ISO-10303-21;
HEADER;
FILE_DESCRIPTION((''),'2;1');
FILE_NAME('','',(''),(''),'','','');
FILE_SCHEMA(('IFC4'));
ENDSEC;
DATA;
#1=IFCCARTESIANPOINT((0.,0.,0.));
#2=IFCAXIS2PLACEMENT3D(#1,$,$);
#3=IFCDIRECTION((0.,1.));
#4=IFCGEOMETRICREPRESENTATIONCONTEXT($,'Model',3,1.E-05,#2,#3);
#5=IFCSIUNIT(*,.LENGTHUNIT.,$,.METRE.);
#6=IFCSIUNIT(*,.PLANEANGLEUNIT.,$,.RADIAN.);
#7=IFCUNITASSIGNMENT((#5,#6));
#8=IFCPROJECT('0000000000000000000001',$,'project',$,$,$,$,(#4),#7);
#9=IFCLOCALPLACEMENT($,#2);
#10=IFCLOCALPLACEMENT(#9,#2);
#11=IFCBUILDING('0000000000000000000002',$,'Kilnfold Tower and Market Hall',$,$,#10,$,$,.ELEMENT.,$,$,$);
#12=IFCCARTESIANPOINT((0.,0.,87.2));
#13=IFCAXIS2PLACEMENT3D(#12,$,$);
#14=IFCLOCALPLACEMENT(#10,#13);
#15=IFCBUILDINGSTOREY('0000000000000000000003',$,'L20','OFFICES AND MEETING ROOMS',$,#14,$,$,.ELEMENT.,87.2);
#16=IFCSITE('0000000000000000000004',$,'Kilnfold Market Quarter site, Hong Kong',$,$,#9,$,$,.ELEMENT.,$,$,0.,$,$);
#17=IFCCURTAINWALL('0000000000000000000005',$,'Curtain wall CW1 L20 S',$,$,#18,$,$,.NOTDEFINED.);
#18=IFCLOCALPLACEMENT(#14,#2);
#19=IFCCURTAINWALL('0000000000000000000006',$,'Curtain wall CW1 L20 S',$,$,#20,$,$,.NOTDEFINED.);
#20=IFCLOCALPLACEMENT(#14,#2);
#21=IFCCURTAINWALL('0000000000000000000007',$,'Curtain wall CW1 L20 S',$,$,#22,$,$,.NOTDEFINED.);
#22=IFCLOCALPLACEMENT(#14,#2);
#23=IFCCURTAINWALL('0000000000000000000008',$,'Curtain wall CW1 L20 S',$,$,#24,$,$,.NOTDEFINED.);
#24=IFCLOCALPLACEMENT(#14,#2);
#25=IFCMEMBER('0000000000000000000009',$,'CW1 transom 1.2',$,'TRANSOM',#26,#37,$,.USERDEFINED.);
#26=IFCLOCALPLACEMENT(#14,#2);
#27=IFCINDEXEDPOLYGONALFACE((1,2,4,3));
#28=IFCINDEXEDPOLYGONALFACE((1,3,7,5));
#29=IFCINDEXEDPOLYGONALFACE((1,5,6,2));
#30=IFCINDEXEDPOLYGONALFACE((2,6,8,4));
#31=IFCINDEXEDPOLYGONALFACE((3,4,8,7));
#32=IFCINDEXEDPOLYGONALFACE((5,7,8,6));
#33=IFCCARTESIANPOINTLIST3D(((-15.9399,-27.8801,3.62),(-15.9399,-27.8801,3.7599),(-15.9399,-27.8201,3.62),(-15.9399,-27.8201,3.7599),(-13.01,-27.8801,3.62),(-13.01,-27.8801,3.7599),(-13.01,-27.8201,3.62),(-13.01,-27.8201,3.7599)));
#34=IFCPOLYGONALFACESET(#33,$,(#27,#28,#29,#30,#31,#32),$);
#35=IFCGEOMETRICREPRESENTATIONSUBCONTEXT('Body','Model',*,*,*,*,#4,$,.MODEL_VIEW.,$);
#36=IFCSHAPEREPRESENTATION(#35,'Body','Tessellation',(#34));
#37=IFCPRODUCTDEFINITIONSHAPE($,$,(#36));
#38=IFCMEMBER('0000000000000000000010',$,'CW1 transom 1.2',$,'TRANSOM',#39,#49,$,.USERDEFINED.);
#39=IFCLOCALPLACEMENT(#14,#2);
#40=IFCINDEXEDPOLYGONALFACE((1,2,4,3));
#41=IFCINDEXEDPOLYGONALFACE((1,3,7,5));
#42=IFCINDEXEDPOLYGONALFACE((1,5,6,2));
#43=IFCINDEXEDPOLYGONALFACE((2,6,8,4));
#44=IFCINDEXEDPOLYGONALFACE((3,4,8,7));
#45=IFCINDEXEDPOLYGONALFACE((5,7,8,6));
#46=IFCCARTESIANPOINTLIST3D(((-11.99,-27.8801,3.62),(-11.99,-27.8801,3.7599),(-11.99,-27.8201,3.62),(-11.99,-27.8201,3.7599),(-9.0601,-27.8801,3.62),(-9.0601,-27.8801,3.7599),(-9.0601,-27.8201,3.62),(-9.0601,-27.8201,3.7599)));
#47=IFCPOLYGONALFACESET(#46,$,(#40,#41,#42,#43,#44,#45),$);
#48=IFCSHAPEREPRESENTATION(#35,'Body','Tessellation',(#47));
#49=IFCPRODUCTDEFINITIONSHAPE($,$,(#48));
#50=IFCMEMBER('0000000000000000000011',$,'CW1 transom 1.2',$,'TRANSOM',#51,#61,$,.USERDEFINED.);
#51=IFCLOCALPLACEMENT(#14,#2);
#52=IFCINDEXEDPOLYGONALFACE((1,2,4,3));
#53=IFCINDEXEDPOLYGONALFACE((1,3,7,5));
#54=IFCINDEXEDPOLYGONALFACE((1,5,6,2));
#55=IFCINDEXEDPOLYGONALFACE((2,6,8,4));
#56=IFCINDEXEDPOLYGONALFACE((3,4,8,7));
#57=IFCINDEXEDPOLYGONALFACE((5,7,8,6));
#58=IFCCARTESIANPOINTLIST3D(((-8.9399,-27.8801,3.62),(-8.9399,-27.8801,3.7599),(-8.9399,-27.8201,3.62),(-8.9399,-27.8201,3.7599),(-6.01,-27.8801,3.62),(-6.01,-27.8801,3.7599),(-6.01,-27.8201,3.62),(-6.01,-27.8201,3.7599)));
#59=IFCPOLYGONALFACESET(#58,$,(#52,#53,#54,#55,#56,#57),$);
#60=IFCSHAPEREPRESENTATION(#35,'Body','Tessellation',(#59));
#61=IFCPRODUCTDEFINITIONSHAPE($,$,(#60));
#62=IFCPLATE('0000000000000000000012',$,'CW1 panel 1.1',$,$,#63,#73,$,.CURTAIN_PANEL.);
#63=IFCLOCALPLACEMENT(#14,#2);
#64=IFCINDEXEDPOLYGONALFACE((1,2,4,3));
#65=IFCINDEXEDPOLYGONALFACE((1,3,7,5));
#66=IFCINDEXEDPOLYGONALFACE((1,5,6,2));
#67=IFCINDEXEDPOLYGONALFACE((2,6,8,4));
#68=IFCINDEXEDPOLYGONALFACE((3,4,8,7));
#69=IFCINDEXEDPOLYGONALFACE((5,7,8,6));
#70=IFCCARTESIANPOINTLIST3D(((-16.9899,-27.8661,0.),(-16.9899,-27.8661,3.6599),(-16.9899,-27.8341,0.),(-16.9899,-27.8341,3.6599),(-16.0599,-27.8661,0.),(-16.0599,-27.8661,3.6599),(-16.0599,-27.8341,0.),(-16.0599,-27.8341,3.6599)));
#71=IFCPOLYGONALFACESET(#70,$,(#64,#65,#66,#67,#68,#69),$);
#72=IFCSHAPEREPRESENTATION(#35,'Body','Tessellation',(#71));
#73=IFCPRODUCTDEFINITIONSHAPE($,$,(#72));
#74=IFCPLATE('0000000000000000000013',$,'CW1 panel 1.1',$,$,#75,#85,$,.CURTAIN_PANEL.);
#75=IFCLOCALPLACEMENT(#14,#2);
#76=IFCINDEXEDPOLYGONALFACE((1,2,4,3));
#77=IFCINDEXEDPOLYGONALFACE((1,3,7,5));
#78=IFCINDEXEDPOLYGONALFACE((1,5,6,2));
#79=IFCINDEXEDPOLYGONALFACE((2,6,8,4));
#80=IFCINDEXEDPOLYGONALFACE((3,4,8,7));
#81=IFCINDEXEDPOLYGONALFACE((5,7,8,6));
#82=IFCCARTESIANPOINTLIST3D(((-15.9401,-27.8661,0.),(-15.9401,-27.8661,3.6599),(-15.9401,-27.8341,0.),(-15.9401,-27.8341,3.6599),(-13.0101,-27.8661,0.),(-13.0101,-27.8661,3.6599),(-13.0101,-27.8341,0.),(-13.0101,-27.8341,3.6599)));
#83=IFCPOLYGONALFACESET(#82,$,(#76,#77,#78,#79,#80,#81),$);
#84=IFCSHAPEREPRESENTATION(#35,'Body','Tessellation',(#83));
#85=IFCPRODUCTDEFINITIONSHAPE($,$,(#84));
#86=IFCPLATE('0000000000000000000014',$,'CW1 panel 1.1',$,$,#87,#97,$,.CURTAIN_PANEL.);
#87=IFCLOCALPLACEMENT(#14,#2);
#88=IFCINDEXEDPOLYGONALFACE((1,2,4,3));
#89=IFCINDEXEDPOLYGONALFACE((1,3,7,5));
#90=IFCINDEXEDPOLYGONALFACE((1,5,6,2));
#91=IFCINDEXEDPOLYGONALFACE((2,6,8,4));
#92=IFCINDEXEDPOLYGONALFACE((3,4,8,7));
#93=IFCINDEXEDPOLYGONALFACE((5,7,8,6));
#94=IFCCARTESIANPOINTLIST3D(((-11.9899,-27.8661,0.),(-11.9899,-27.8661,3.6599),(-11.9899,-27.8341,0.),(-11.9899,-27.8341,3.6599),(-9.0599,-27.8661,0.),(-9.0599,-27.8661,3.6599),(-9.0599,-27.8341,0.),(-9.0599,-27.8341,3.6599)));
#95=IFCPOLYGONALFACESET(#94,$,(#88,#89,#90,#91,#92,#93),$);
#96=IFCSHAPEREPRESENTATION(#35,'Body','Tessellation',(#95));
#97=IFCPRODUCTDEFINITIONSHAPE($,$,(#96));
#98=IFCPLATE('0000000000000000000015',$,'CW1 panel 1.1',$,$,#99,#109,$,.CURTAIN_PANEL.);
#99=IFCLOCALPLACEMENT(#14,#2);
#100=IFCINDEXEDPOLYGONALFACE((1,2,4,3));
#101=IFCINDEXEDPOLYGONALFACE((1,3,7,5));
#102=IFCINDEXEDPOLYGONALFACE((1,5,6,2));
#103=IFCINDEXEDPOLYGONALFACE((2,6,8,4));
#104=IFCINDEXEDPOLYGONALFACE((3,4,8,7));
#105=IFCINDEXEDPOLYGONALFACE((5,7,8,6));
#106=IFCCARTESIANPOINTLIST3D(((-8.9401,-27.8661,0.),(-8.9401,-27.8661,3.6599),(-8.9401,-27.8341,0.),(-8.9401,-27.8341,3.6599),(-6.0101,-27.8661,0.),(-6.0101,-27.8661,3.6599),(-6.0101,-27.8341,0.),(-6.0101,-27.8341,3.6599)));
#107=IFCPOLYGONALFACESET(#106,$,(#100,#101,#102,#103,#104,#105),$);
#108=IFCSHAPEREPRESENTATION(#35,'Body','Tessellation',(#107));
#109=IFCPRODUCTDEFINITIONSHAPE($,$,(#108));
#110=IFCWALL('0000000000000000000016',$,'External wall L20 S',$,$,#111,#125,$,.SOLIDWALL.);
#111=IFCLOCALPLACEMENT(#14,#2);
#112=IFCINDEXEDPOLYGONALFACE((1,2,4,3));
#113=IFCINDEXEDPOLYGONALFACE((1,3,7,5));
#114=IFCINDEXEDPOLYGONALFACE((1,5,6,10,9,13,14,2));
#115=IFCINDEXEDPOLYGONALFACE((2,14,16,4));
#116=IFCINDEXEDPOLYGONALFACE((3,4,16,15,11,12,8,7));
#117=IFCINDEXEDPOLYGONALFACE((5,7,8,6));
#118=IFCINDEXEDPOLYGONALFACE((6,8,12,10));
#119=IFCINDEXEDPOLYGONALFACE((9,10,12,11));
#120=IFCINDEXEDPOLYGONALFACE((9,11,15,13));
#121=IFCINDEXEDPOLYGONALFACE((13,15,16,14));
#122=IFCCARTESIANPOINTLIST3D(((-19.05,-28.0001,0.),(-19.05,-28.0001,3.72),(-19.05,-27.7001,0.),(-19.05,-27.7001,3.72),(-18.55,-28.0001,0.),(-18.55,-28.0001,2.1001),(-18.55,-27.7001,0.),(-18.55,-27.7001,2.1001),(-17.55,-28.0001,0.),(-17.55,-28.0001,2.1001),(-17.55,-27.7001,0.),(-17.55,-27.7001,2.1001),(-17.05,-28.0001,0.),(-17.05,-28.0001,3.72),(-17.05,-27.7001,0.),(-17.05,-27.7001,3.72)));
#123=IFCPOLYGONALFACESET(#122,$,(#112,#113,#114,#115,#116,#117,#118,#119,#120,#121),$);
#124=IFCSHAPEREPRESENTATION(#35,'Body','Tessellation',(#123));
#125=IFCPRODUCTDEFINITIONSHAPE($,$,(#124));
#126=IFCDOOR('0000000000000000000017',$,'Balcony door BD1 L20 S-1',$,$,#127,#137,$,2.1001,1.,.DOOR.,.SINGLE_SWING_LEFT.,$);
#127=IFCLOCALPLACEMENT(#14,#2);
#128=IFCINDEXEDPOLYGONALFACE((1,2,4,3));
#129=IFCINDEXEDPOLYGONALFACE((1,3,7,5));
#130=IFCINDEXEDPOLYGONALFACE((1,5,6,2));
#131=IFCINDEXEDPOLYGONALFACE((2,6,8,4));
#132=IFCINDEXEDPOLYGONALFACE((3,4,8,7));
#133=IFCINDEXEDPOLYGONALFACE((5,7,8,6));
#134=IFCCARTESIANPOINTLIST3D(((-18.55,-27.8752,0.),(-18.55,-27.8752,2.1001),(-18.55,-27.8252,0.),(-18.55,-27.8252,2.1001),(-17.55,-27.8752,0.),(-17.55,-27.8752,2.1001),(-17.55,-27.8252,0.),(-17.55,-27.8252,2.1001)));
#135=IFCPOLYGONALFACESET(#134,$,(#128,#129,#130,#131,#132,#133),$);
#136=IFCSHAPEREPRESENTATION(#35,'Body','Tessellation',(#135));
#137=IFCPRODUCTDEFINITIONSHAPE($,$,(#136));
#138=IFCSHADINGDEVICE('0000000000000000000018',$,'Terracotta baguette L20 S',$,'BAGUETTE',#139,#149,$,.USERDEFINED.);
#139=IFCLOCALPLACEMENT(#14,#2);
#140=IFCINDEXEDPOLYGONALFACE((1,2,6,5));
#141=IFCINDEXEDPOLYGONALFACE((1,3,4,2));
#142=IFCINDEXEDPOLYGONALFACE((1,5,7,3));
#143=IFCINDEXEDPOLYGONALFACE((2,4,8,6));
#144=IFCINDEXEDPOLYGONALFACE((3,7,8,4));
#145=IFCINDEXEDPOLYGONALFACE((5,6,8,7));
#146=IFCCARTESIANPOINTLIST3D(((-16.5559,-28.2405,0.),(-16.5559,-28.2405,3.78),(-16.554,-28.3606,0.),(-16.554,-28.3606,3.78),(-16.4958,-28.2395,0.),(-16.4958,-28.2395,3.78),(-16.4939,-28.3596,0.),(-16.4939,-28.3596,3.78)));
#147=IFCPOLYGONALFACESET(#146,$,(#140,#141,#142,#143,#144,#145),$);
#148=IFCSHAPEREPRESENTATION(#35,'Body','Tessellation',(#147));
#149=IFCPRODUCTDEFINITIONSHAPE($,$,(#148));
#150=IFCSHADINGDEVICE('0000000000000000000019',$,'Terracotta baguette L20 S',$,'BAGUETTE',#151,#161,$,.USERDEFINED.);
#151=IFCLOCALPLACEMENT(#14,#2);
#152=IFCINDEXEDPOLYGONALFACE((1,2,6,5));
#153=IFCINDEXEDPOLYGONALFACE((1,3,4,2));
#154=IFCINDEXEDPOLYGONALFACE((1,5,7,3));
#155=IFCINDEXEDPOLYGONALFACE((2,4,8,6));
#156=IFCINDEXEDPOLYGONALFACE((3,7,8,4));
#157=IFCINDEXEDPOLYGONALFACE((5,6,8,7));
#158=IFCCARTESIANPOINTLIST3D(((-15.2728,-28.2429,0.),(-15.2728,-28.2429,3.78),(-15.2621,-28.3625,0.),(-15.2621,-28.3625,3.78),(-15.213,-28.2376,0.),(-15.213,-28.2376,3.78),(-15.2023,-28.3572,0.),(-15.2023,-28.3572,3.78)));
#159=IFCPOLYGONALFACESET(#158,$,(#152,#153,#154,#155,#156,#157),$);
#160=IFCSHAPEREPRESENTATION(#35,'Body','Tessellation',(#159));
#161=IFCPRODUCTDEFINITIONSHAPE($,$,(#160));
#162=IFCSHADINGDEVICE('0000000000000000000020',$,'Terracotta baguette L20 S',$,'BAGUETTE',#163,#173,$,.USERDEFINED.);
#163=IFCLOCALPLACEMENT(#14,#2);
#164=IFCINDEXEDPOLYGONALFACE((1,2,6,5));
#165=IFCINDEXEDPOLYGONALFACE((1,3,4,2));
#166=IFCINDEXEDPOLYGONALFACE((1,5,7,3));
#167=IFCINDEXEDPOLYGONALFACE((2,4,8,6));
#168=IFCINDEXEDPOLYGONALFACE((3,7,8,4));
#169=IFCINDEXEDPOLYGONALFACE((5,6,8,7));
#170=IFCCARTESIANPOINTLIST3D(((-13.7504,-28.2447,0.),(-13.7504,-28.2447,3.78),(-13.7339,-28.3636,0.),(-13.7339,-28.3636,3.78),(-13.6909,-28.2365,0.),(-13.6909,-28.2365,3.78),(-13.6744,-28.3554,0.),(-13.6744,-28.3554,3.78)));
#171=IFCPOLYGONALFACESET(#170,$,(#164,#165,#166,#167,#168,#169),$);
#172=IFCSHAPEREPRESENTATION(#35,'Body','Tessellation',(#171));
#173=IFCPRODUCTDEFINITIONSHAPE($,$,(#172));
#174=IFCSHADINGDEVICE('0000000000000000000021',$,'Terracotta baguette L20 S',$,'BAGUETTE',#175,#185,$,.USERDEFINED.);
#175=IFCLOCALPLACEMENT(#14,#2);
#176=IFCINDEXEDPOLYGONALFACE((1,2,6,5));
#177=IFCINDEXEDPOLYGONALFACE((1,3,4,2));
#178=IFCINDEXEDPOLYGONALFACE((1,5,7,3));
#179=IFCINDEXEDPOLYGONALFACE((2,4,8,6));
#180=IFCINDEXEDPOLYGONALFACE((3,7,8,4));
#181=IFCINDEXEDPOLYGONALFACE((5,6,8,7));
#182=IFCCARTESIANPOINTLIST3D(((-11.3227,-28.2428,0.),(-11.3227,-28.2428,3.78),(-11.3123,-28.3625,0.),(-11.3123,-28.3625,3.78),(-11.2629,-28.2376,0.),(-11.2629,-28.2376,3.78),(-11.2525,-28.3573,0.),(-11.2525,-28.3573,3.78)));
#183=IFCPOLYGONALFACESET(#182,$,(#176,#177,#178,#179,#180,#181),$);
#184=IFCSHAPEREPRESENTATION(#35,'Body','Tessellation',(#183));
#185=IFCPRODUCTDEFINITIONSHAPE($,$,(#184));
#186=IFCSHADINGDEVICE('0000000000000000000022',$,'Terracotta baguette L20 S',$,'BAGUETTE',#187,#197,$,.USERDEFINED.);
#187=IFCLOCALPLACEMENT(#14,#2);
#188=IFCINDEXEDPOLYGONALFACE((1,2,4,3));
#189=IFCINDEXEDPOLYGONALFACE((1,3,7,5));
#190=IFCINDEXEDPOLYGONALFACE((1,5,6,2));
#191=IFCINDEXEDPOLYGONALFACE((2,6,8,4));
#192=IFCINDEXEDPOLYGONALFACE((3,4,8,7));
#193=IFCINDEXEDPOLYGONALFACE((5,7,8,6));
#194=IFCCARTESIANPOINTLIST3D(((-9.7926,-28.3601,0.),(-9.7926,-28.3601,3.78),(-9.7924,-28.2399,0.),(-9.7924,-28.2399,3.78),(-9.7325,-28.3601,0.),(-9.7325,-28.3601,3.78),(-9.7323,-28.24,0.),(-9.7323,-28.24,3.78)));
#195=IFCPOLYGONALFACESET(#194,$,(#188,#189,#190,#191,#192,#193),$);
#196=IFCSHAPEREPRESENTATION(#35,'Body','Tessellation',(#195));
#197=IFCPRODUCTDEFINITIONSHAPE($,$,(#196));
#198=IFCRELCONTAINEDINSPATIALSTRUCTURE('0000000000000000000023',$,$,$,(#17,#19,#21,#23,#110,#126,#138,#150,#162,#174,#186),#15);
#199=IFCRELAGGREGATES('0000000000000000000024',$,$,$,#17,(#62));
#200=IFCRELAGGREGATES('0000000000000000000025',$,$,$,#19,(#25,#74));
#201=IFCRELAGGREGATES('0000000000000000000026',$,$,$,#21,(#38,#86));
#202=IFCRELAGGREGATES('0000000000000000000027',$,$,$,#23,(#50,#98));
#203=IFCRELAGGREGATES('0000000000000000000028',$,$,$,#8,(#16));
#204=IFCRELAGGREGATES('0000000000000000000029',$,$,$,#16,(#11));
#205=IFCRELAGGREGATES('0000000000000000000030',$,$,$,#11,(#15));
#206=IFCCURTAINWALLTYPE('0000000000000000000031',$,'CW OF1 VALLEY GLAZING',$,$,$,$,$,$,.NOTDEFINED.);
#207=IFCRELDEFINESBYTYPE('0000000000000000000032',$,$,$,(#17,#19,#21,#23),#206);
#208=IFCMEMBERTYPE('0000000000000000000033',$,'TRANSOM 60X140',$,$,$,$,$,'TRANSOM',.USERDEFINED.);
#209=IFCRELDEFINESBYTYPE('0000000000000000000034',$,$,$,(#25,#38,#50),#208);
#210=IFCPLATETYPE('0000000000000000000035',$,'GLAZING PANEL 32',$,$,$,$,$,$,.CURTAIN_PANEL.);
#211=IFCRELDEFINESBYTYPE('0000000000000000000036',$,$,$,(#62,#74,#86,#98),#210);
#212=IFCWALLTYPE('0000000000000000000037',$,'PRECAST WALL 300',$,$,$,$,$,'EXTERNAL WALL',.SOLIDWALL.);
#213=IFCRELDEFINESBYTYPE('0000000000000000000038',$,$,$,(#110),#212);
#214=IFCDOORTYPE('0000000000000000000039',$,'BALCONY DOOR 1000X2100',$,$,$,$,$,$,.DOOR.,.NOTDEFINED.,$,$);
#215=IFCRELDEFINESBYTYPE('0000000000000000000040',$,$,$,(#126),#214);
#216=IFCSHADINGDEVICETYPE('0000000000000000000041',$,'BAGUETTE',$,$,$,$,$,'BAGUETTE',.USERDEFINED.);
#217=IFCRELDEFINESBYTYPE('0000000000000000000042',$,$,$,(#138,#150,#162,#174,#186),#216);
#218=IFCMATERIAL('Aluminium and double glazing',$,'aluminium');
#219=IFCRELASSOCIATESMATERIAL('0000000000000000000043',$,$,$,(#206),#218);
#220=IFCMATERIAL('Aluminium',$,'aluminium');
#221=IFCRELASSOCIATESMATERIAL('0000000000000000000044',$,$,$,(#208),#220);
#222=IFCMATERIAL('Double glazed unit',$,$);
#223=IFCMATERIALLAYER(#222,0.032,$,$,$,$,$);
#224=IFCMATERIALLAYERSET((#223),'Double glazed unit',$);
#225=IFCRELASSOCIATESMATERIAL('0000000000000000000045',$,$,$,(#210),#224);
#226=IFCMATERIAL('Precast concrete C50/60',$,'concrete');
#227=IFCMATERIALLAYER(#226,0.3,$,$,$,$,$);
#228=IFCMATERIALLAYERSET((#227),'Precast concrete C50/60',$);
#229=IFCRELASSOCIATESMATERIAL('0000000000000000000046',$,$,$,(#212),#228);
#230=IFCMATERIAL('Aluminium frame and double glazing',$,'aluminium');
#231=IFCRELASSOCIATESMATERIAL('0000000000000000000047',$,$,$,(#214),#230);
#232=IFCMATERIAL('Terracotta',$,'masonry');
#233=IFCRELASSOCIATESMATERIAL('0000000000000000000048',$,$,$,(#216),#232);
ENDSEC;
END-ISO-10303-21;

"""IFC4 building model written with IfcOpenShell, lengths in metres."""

from ifc_helpers import new_model, si_unit, direction, frame, frame_2d, origin, origin_2d, place, context, subcontext, project, spatial, rectangle, extrude, source, transform, mapped, material, layer, layer_set, material_profile, profile_set, type_object, element, fill, aggregate, save


model = new_model("IFC4")

# Units and contexts
model_context = context("Model", 3, precision=1e-05, world=origin(), true_north=direction((0.0, 1.0)))
body_context = subcontext(model_context, "Body", "Model", "MODEL_VIEW")
ifc_project = project(units=[si_unit("LENGTHUNIT", "METRE"), si_unit("PLANEANGLEUNIT", "RADIAN")], contexts=[model_context])

# Site, building, storey
site_placement = place(None, origin())
site = spatial("IfcSite", under=ifc_project, at=site_placement, Name="Kilnfold Market Quarter site, Hong Kong", CompositionType="ELEMENT", RefElevation=0.0)
building_placement = place(site_placement, origin())
building = spatial("IfcBuilding", under=site, at=building_placement, Name="Kilnfold Tower and Market Hall", CompositionType="ELEMENT")
storey_placement = place(building_placement, frame((0.0, 0.0, 87.2)))
storey = spatial("IfcBuildingStorey", under=building, at=storey_placement, Name="L20", Description="OFFICES AND MEETING ROOMS", CompositionType="ELEMENT", Elevation=87.2)

# Curtain walls
ifc_material_1 = material(Name="Aluminium and double glazing", Category="aluminium")
curtain_wall_type = type_object("IfcCurtainWallType", Name="CW OF1 VALLEY GLAZING", PredefinedType="NOTDEFINED", material=ifc_material_1)
curtain_wall_1_placement = place(storey_placement, origin())
curtain_wall_1 = element("IfcCurtainWall", 1, at=curtain_wall_1_placement, inside=storey, type_object=curtain_wall_type, Name="Curtain wall CW1 L20 S", PredefinedType="NOTDEFINED")
curtain_wall_2_placement = place(storey_placement, origin())
curtain_wall_2 = element("IfcCurtainWall", 2, at=curtain_wall_2_placement, inside=storey, type_object=curtain_wall_type, Name="Curtain wall CW1 L20 S", PredefinedType="NOTDEFINED")
curtain_wall_3_placement = place(storey_placement, origin())
curtain_wall_3 = element("IfcCurtainWall", 3, at=curtain_wall_3_placement, inside=storey, type_object=curtain_wall_type, Name="Curtain wall CW1 L20 S", PredefinedType="NOTDEFINED")

# Curtain wall
curtain_wall_4_placement = place(storey_placement, origin())
curtain_wall_4 = element("IfcCurtainWall", 4, at=curtain_wall_4_placement, inside=storey, type_object=curtain_wall_type, Name="Curtain wall CW1 L20 S", PredefinedType="NOTDEFINED")

# Members
ifc_material_2 = material(Name="Aluminium", Category="aluminium")
ifc_material_profile_1 = material_profile(ifc_material_2, rectangle(XDim=0.0601, YDim=0.1399, at=origin_2d()), Name="TRANSOM 60x140")
ifc_profile_set_1 = profile_set([ifc_material_profile_1], Name="Aluminium")
member_type_1 = type_object("IfcMemberType", Name="TRANSOM 60X140", ElementType="TRANSOM", PredefinedType="USERDEFINED", material=ifc_profile_set_1)
shared_shape_1 = source(origin(), body_context, "Body", "SweptSolid", [
    extrude(rectangle(XDim=0.0601, YDim=0.1399, at=origin_2d()), origin(), (0.0, 0.0, 1.0), 2.9299),
])
member_1_placement = place(storey_placement, frame((-15.9399, -27.8501, 3.6899), z_axis=(1.0, 0.0, 0.0), x_axis=(0.0, 1.0, 0.0)))
member_1 = element("IfcMember", 5, at=member_1_placement, type_object=member_type_1, Name="CW1 transom 1.2", ObjectType="TRANSOM", PredefinedType="USERDEFINED", context=body_context, shape_type="MappedRepresentation", body=[
    mapped(shared_shape_1, transform((0.0, 0.0, 0.0))),
])
member_2_placement = place(storey_placement, frame((-11.99, -27.8501, 3.6899), z_axis=(1.0, 0.0, 0.0), x_axis=(0.0, 1.0, 0.0)))
member_2 = element("IfcMember", 6, at=member_2_placement, type_object=member_type_1, Name="CW1 transom 1.2", ObjectType="TRANSOM", PredefinedType="USERDEFINED", context=body_context, shape_type="MappedRepresentation", body=[
    mapped(shared_shape_1, transform((0.0, 0.0, 0.0))),
])
member_3_placement = place(storey_placement, frame((-8.9399, -27.8501, 3.6899), z_axis=(1.0, 0.0, 0.0), x_axis=(0.0, 1.0, 0.0)))
member_3 = element("IfcMember", 7, at=member_3_placement, type_object=member_type_1, Name="CW1 transom 1.2", ObjectType="TRANSOM", PredefinedType="USERDEFINED", context=body_context, shape_type="MappedRepresentation", body=[
    mapped(shared_shape_1, transform((0.0, 0.0, 0.0))),
])

# Plates
ifc_material_3 = material(Name="Double glazed unit")
ifc_layer_1 = layer(ifc_material_3, 0.032)
ifc_layer_set_1 = layer_set([ifc_layer_1], Name="Double glazed unit")
plate_type = type_object("IfcPlateType", Name="GLAZING PANEL 32", PredefinedType="CURTAIN_PANEL", material=ifc_layer_set_1)
shared_shape_2 = source(origin(), body_context, "Body", "SweptSolid", [
    extrude(rectangle(XDim=0.9299, YDim=0.032, at=origin_2d()), origin(), (0.0, 0.0, 1.0), 3.6599),
])
plate_1_placement = place(storey_placement, frame((-16.5249, -27.8501, 0.0), z_axis=(0.0, 0.0, 1.0), x_axis=(1.0, 0.0, 0.0)))
plate_1 = element("IfcPlate", 8, at=plate_1_placement, type_object=plate_type, Name="CW1 panel 1.1", PredefinedType="CURTAIN_PANEL", context=body_context, shape_type="MappedRepresentation", body=[
    mapped(shared_shape_2, transform((0.0, 0.0, 0.0))),
])
aggregate(curtain_wall_1, [plate_1])
shared_shape_3 = source(origin(), body_context, "Body", "SweptSolid", [
    extrude(rectangle(XDim=2.9299, YDim=0.032, at=origin_2d()), origin(), (0.0, 0.0, 1.0), 3.6599),
])
plate_2_placement = place(storey_placement, frame((-14.4751, -27.8501, 0.0), z_axis=(0.0, 0.0, 1.0), x_axis=(1.0, 0.0, 0.0)))
plate_2 = element("IfcPlate", 9, at=plate_2_placement, type_object=plate_type, Name="CW1 panel 1.1", PredefinedType="CURTAIN_PANEL", context=body_context, shape_type="MappedRepresentation", body=[
    mapped(shared_shape_3, transform((0.0, 0.0, 0.0))),
])
aggregate(curtain_wall_2, [member_1, plate_2])
plate_3_placement = place(storey_placement, frame((-10.5249, -27.8501, 0.0), z_axis=(0.0, 0.0, 1.0), x_axis=(1.0, 0.0, 0.0)))
plate_3 = element("IfcPlate", 10, at=plate_3_placement, type_object=plate_type, Name="CW1 panel 1.1", PredefinedType="CURTAIN_PANEL", context=body_context, shape_type="MappedRepresentation", body=[
    mapped(shared_shape_3, transform((0.0, 0.0, 0.0))),
])
aggregate(curtain_wall_3, [member_2, plate_3])
plate_4_placement = place(storey_placement, frame((-7.4751, -27.8501, 0.0), z_axis=(0.0, 0.0, 1.0), x_axis=(1.0, 0.0, 0.0)))
plate_4 = element("IfcPlate", 11, at=plate_4_placement, type_object=plate_type, Name="CW1 panel 1.1", PredefinedType="CURTAIN_PANEL", context=body_context, shape_type="MappedRepresentation", body=[
    mapped(shared_shape_3, transform((0.0, 0.0, 0.0))),
])
aggregate(curtain_wall_4, [member_3, plate_4])

# Wall, opening, door
ifc_material_4 = material(Name="Precast concrete C50/60", Category="concrete")
ifc_layer_2 = layer(ifc_material_4, 0.3)
ifc_layer_set_2 = layer_set([ifc_layer_2], Name="Precast concrete C50/60")
wall_type = type_object("IfcWallType", Name="PRECAST WALL 300", ElementType="EXTERNAL WALL", PredefinedType="SOLIDWALL", material=ifc_layer_set_2)
shared_shape_4 = source(origin(), body_context, "Body", "SweptSolid", [
    extrude(rectangle(XDim=2.0, YDim=0.3, at=frame_2d((1.0, 0.0))), origin(), (0.0, 0.0, 1.0), 3.72),
])
wall_placement = place(storey_placement, frame((-19.05, -27.8501, 0.0), z_axis=(0.0, 0.0, 1.0), x_axis=(1.0, 0.0, 0.0)))
wall = element("IfcWall", 12, at=wall_placement, inside=storey, type_object=wall_type, Name="External wall L20 S", PredefinedType="SOLIDWALL", context=body_context, shape_type="MappedRepresentation", body=[
    mapped(shared_shape_4, transform((0.0, 0.0, 0.0))),
])
opening_placement = place(wall_placement, frame((0.5, 0.0, 0.0)))
opening = element("IfcOpeningElement", 13, at=opening_placement, cuts=wall, PredefinedType="OPENING", context=body_context, shape_type="SweptSolid", body=[
    extrude(rectangle(XDim=1.0, YDim=2.1001, at=frame_2d((0.5, 1.05))), frame((0.0, 0.1602, 0.0), z_axis=(0.0, -1.0, 0.0), x_axis=(1.0, 0.0, 0.0)), (0.0, 0.0, 1.0), 0.3201),
])
ifc_material_5 = material(Name="Aluminium frame and double glazing", Category="aluminium")
door_type = type_object("IfcDoorType", Name="BALCONY DOOR 1000X2100", OperationType="NOTDEFINED", PredefinedType="DOOR", material=ifc_material_5)
door_placement = place(opening_placement, origin())
door = element("IfcDoor", 14, at=door_placement, inside=storey, type_object=door_type, Name="Balcony door BD1 L20 S-1", OperationType="SINGLE_SWING_LEFT", OverallHeight=2.1001, OverallWidth=1.0, PredefinedType="DOOR", context=body_context, shape_type="SweptSolid", body=[
    extrude(rectangle(XDim=1.0, YDim=2.1001, at=frame_2d((0.5, 1.05))), frame((0.0, 0.0249, 0.0), z_axis=(0.0, -1.0, 0.0), x_axis=(1.0, 0.0, 0.0)), (0.0, 0.0, 1.0), 0.05),
])
fill(opening, door)

# Shading devices
ifc_material_6 = material(Name="Terracotta", Category="masonry")
ifc_material_profile_2 = material_profile(ifc_material_6, rectangle(XDim=0.0601, YDim=0.1201, at=origin_2d()), Name="BAG 60x120")
ifc_profile_set_2 = profile_set([ifc_material_profile_2], Name="Terracotta")
shading_device_type = type_object("IfcShadingDeviceType", Name="BAGUETTE", ElementType="BAGUETTE", PredefinedType="USERDEFINED", material=ifc_profile_set_2)
shared_shape_5 = source(origin(), body_context, "Body", "SweptSolid", [
    extrude(rectangle(XDim=0.0601, YDim=0.1201, at=origin_2d()), origin(), (0.0, 0.0, 1.0), 3.78),
])
for number, where, z_axis, x_axis, name in (
    (15, (-16.5249, -28.3, 0.0), (0.0, 0.0, 1.0), (0.999869, 0.016192, 0.0), "Terracotta baguette L20 S"),
    (16, (-15.2375, -28.3, 0.0), (0.0, 0.0, 1.0), (0.996014, 0.089197, 0.0), "Terracotta baguette L20 S"),
    (17, (-13.7124, -28.3, 0.0), (0.0, 0.0, 1.0), (0.990623, 0.136623, 0.0), "Terracotta baguette L20 S"),
    (18, (-11.2876, -28.3, 0.0), (0.0, 0.0, 1.0), (0.996198, 0.087116, 0.0), "Terracotta baguette L20 S"),
    (19, (-9.7625, -28.3, 0.0), (0.0, 0.0, 1.0), (0.999999, -0.001347, 0.0), "Terracotta baguette L20 S"),
):
    element("IfcShadingDevice", number, at=place(storey_placement, frame(where, z_axis=z_axis, x_axis=x_axis)), inside=storey, type_object=shading_device_type, Name=name, ObjectType="BAGUETTE", PredefinedType="USERDEFINED", context=body_context, shape_type="MappedRepresentation", body=[
        mapped(shared_shape_5, transform((0.0, 0.0, 0.0))),
    ])

save(model, "model.ifc")
